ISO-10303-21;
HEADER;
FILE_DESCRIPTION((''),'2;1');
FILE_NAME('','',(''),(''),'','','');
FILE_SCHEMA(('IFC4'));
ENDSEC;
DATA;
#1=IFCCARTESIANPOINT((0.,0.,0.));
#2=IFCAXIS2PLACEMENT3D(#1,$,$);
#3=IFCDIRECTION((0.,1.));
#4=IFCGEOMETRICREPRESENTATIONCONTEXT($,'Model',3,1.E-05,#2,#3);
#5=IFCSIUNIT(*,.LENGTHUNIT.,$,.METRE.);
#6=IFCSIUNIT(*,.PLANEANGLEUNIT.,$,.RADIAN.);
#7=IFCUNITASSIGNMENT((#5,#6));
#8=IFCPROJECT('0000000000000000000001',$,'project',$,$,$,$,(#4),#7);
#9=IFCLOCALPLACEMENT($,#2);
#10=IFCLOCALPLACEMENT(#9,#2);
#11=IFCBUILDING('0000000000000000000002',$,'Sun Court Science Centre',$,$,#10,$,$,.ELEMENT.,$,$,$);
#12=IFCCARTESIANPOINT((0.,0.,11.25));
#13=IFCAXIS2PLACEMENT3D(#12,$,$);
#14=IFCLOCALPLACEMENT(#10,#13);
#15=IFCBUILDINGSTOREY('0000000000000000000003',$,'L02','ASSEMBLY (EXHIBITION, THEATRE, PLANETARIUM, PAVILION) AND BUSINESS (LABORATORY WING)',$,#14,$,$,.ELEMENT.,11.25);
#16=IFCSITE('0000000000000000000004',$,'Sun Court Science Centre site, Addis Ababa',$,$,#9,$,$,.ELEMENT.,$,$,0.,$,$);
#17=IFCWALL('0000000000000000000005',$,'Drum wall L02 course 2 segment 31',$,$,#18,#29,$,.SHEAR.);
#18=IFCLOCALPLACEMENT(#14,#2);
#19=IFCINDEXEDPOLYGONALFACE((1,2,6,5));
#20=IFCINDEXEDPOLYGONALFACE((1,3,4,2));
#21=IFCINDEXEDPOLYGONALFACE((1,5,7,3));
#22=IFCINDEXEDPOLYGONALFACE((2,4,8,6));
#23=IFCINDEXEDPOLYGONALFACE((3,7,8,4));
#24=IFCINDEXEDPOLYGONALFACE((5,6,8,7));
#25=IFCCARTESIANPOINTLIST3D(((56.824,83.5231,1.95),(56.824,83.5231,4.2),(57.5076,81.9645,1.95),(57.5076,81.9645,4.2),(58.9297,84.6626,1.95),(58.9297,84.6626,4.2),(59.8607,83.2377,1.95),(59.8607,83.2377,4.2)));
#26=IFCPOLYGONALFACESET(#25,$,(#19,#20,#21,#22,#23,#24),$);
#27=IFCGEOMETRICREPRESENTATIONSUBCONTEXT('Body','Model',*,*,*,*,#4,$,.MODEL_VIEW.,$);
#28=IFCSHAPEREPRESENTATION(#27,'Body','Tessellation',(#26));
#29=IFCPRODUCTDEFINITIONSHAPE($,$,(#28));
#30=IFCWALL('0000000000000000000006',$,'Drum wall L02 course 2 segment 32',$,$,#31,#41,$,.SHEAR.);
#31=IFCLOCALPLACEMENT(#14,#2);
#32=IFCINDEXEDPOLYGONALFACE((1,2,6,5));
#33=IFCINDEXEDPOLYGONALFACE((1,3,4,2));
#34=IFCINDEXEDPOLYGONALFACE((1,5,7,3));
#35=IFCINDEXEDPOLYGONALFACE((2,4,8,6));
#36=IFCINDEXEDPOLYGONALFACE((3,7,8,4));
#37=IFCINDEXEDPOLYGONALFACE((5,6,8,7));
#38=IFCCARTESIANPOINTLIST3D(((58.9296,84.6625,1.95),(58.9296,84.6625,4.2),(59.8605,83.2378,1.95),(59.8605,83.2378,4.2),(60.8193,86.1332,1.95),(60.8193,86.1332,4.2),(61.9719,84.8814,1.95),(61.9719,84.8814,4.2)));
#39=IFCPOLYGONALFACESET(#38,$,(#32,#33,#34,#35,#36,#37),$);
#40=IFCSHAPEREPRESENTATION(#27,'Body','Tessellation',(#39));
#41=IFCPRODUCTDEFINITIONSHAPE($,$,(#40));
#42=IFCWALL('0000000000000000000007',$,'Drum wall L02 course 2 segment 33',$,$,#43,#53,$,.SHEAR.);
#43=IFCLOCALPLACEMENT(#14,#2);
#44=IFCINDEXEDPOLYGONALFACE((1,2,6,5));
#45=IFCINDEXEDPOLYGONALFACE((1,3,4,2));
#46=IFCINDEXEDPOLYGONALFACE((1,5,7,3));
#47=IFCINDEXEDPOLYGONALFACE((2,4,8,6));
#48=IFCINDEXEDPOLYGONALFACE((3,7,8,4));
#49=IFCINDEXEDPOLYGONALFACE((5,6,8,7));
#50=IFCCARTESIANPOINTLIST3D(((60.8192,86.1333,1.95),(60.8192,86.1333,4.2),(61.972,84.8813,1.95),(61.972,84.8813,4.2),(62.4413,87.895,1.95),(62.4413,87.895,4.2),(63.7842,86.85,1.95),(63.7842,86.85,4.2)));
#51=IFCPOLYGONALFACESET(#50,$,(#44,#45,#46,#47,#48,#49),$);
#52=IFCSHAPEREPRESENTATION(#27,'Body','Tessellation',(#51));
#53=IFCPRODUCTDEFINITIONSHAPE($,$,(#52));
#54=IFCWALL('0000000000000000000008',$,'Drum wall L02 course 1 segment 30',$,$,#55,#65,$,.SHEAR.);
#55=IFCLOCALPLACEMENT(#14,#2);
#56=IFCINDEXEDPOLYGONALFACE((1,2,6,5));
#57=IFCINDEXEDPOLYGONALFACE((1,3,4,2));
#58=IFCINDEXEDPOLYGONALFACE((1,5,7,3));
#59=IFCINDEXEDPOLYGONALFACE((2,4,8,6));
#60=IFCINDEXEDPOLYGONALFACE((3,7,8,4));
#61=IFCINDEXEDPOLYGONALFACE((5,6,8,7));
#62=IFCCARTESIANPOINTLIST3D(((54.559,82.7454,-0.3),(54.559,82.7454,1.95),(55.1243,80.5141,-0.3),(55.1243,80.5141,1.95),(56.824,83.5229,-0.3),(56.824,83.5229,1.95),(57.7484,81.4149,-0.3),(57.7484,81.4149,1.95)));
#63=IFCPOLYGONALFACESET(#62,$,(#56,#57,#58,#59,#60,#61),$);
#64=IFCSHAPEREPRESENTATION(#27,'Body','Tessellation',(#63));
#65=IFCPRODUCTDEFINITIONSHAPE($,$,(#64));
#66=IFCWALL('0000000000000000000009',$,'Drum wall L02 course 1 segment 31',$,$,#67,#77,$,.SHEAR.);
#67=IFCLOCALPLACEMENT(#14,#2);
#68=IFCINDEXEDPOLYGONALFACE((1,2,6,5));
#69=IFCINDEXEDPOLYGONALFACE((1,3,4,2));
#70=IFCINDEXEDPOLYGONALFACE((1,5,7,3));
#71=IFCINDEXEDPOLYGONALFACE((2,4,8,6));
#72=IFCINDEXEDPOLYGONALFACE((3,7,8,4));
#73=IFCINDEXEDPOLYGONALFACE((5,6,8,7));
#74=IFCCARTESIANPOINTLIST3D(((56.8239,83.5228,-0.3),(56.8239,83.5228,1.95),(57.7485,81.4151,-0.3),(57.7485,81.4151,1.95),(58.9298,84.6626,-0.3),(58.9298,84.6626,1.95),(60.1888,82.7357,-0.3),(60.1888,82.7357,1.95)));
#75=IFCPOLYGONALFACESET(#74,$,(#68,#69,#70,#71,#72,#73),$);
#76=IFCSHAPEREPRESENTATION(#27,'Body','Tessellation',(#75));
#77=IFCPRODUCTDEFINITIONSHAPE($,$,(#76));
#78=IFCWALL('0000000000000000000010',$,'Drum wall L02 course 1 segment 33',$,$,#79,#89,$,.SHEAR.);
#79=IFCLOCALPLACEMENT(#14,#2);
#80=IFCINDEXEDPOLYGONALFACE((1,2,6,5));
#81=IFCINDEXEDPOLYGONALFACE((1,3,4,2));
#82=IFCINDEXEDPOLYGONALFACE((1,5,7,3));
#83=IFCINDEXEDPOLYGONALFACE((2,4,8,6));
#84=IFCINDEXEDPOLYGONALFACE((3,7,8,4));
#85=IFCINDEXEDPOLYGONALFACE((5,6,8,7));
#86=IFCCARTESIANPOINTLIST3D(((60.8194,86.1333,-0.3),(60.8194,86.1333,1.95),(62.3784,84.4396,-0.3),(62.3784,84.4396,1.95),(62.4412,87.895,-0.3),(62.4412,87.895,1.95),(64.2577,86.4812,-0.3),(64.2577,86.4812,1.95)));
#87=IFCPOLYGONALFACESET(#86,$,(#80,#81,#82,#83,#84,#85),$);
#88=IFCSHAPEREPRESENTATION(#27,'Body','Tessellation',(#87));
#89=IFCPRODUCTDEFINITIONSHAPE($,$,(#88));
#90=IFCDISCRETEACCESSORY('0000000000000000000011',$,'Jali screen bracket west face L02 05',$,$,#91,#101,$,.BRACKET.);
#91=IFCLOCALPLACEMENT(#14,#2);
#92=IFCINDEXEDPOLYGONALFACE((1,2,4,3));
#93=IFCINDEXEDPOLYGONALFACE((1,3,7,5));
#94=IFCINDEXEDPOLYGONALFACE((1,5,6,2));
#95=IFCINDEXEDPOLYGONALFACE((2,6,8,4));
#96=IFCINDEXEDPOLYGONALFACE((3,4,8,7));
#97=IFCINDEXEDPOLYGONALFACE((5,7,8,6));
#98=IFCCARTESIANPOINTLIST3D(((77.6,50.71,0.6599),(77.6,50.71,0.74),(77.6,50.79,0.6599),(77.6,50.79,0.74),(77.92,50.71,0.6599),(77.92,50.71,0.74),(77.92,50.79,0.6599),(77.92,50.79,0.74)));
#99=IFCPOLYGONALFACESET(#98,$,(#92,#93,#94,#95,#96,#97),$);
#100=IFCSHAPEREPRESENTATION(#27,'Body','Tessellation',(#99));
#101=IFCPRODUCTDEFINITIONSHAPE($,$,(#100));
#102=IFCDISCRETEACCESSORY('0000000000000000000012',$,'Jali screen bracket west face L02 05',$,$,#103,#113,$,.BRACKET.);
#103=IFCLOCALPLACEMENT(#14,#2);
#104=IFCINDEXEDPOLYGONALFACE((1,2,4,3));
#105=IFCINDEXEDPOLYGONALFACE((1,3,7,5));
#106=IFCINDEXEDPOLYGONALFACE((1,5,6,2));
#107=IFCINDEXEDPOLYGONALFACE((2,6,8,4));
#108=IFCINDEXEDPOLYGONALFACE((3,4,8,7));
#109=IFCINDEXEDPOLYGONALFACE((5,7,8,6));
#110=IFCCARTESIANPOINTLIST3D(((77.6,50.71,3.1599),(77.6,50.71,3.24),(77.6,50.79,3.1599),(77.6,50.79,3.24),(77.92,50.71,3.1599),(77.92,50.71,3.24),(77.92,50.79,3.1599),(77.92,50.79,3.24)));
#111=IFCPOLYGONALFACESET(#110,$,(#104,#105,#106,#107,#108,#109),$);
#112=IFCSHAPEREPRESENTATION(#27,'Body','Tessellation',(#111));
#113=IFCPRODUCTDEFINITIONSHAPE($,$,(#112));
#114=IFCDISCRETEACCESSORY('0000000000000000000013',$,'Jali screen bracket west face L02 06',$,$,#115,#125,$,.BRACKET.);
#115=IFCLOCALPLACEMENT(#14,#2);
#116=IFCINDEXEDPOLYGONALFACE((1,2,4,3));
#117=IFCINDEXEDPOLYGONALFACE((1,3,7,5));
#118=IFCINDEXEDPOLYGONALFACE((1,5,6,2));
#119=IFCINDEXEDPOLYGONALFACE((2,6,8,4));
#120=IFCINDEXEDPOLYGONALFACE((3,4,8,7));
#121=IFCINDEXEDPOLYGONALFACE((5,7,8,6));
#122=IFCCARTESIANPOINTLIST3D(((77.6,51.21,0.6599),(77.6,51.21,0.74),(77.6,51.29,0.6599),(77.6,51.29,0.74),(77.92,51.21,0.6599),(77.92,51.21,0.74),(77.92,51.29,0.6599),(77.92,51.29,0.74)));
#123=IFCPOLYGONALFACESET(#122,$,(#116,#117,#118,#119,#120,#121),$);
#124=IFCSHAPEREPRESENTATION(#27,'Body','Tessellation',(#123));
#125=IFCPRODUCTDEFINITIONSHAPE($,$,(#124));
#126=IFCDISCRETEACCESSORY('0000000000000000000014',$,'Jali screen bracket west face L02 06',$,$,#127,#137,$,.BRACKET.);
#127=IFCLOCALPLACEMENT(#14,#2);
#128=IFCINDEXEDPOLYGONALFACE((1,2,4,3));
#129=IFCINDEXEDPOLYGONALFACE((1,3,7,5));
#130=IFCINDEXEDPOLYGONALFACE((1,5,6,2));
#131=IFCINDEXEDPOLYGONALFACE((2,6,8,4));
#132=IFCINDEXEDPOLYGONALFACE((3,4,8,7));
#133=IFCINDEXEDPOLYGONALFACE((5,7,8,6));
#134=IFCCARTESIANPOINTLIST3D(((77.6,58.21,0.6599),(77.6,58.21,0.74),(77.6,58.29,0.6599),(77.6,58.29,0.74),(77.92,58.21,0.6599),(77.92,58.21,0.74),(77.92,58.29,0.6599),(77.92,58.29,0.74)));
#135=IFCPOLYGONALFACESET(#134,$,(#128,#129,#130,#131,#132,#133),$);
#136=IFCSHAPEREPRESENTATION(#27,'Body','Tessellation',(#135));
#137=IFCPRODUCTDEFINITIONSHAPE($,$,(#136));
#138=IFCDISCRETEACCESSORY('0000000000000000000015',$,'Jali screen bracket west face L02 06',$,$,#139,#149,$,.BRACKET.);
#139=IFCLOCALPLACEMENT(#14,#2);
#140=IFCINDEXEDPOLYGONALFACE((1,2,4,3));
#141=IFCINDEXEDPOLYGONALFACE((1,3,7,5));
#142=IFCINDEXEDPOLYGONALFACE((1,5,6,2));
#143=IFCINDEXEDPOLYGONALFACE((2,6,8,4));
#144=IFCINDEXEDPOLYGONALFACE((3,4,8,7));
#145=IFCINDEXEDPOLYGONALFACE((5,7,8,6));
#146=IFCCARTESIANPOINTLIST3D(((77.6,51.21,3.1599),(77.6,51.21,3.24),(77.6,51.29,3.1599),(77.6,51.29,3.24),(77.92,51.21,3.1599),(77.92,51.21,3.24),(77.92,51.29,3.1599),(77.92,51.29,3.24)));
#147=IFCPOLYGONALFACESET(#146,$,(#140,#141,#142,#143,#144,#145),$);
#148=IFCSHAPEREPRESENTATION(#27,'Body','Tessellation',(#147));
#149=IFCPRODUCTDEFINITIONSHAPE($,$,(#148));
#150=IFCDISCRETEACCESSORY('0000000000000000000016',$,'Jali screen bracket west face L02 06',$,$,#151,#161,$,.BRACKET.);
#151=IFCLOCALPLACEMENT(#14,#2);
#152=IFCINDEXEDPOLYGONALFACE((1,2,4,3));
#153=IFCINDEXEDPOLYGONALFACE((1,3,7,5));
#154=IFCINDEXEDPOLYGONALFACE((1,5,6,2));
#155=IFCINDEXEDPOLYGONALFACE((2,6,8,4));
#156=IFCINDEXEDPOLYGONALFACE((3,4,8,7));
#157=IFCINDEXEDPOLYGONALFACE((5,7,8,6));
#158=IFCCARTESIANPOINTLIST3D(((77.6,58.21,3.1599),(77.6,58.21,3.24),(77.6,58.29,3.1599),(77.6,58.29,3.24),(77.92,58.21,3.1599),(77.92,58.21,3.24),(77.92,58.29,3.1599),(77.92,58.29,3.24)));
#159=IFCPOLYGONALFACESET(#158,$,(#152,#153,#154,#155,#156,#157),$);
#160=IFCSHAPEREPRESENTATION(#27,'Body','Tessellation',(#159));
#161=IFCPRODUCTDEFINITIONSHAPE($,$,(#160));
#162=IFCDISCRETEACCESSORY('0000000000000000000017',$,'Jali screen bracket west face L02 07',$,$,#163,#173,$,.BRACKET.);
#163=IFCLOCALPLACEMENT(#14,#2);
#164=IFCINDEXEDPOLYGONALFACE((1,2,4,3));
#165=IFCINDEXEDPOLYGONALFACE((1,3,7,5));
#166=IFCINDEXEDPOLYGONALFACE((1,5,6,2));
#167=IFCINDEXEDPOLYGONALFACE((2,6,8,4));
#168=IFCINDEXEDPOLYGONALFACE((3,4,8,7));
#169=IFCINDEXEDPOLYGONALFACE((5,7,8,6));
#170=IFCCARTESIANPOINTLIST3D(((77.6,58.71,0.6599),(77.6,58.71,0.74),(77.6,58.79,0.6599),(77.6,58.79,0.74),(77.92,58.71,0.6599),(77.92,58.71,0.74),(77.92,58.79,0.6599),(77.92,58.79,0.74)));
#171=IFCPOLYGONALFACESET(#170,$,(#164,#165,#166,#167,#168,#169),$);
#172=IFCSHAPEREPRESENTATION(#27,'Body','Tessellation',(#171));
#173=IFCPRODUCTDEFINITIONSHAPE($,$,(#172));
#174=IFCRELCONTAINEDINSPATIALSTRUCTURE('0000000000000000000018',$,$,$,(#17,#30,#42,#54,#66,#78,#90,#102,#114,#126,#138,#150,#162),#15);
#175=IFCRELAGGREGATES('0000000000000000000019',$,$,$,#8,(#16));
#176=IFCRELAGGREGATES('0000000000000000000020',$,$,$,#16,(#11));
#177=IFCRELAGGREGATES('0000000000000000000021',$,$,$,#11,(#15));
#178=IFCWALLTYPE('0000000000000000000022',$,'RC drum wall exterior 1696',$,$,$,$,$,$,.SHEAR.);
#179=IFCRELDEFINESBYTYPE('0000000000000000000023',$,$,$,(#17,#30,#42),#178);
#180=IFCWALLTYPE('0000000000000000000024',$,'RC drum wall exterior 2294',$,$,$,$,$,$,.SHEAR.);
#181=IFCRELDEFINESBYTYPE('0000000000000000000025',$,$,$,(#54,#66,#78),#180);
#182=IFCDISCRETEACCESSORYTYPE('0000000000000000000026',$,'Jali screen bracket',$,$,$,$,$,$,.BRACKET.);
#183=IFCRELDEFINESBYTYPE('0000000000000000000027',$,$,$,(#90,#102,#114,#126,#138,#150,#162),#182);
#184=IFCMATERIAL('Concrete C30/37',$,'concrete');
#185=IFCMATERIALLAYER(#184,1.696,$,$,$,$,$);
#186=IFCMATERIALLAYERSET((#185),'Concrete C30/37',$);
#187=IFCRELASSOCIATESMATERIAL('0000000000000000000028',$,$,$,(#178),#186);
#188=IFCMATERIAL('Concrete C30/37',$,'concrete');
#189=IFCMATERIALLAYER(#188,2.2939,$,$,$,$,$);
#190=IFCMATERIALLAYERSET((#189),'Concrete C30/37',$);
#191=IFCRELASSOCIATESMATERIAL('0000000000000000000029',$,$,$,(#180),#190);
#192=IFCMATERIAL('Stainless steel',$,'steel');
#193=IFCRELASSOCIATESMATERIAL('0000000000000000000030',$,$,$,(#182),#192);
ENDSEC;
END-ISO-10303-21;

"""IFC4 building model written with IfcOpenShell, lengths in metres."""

from ifc_helpers import new_model, si_unit, direction, frame, origin, origin_2d, place, context, subcontext, project, spatial, polyline, rectangle, outline, extrude, material, layer, layer_set, type_object, element, save


model = new_model("IFC4")

# Units and contexts
model_context = context("Model", 3, precision=1e-05, world=origin(), true_north=direction((0.0, 1.0)))
body_context = subcontext(model_context, "Body", "Model", "MODEL_VIEW")
ifc_project = project(units=[si_unit("LENGTHUNIT", "METRE"), si_unit("PLANEANGLEUNIT", "RADIAN")], contexts=[model_context])

# Site, building, storey
site_placement = place(None, origin())
site = spatial("IfcSite", under=ifc_project, at=site_placement, Name="Sun Court Science Centre site, Addis Ababa", CompositionType="ELEMENT", RefElevation=0.0)
building_placement = place(site_placement, origin())
building = spatial("IfcBuilding", under=site, at=building_placement, Name="Sun Court Science Centre", CompositionType="ELEMENT")
storey_placement = place(building_placement, frame((0.0, 0.0, 11.25)))
storey = spatial("IfcBuildingStorey", under=building, at=storey_placement, Name="L02", Description="ASSEMBLY (EXHIBITION, THEATRE, PLANETARIUM, PAVILION) AND BUSINESS (LABORATORY WING)", CompositionType="ELEMENT", Elevation=11.25)

# Walls
ifc_material_1 = material(Name="Concrete C30/37", Category="concrete")
ifc_layer_1 = layer(ifc_material_1, 1.696)
ifc_layer_set_1 = layer_set([ifc_layer_1], Name="Concrete C30/37")
wall_type_1 = type_object("IfcWallType", Name="RC drum wall exterior 1696", PredefinedType="SHEAR", material=ifc_layer_set_1)
wall_1_placement = place(storey_placement, frame((57.104, 82.7102, 1.95), z_axis=(0.0, 0.0, 1.0), x_axis=(0.879467, 0.47596, 0.0)))
element("IfcWall", 1, at=wall_1_placement, inside=storey, type_object=wall_type_1, Name="Drum wall L02 course 2 segment 31", PredefinedType="SHEAR", context=body_context, shape_type="SweptSolid", body=[
    extrude(outline(polyline([(0.0, -0.8479), (2.6755, -0.8481), (2.5349, 0.8481), (0.1406, 0.8481), (0.0, -0.8479)])), origin(), (0.0, 0.0, 1.0), 2.25),
])
wall_2_placement = place(storey_placement, frame((59.3398, 83.907, 1.95), z_axis=(0.0, 0.0, 1.0), x_axis=(0.789097, 0.614269, 0.0)))
element("IfcWall", 2, at=wall_2_placement, inside=storey, type_object=wall_type_1, Name="Drum wall L02 course 2 segment 32", PredefinedType="SHEAR", context=body_context, shape_type="SweptSolid", body=[
    extrude(outline(polyline([(-0.0002, -0.8479), (2.6755, -0.8479), (2.5349, 0.8479), (0.1404, 0.8481), (-0.0002, -0.8479)])), origin(), (0.0, 0.0, 1.0), 2.25),
])
wall_3_placement = place(storey_placement, frame((61.3481, 85.4556, 1.95), z_axis=(0.0, 0.0, 1.0), x_axis=(0.677256, 0.735747, 0.0)))
element("IfcWall", 3, at=wall_3_placement, inside=storey, type_object=wall_type_1, Name="Drum wall L02 course 2 segment 33", PredefinedType="SHEAR", context=body_context, shape_type="SweptSolid", body=[
    extrude(outline(polyline([(0.0, -0.8479), (2.6758, -0.8479), (2.5352, 0.8479), (0.1404, 0.8481), (0.0, -0.8479)])), origin(), (0.0, 0.0, 1.0), 2.25),
])
ifc_material_2 = material(Name="Concrete C30/37", Category="concrete")
ifc_layer_2 = layer(ifc_material_2, 2.2939)
ifc_layer_set_2 = layer_set([ifc_layer_2], Name="Concrete C30/37")
wall_type_2 = type_object("IfcWallType", Name="RC drum wall exterior 2294", PredefinedType="SHEAR", material=ifc_layer_set_2)
wall_4_placement = place(storey_placement, frame((54.7517, 81.5989, -0.3), z_axis=(0.0, 0.0, 1.0), x_axis=(0.945821, 0.324689, 0.0)))
element("IfcWall", 4, at=wall_4_placement, inside=storey, type_object=wall_type_2, Name="Drum wall L02 course 1 segment 30", PredefinedType="SHEAR", context=body_context, shape_type="SweptSolid", body=[
    extrude(outline(polyline([(0.0002, -1.147), (2.7747, -1.147), (2.5847, 1.147), (0.1899, 1.147), (0.0002, -1.147)])), origin(), (0.0, 0.0, 1.0), 2.25),
])
wall_5_placement = place(storey_placement, frame((57.2026, 82.4236, -0.3), z_axis=(0.0, 0.0, 1.0), x_axis=(0.879438, 0.476014, 0.0)))
element("IfcWall", 5, at=wall_5_placement, inside=storey, type_object=wall_type_2, Name="Drum wall L02 course 1 segment 31", PredefinedType="SHEAR", context=body_context, shape_type="SweptSolid", body=[
    extrude(outline(polyline([(0.0, -1.1467), (2.7747, -1.147), (2.5847, 1.147), (0.1902, 1.147), (0.0, -1.1467)])), origin(), (0.0, 0.0, 1.0), 2.25),
])
wall_6_placement = place(storey_placement, frame((61.5344, 85.2166, -0.3), z_axis=(0.0, 0.0, 1.0), x_axis=(0.677293, 0.735714, 0.0)))
element("IfcWall", 6, at=wall_6_placement, inside=storey, type_object=wall_type_2, Name="Drum wall L02 course 1 segment 33", PredefinedType="SHEAR", context=body_context, shape_type="SweptSolid", body=[
    extrude(outline(polyline([(0.0, -1.1472), (2.7749, -1.147), (2.5847, 1.147), (0.1902, 1.147), (0.0, -1.1472)])), origin(), (0.0, 0.0, 1.0), 2.25),
])

# Discrete accessories
ifc_material_3 = material(Name="Stainless steel", Category="steel")
discrete_accessory_type = type_object("IfcDiscreteAccessoryType", Name="Jali screen bracket", PredefinedType="BRACKET", material=ifc_material_3)
for number, where, z_axis, x_axis, name in (
    (7, (77.76, 50.75, 0.6599), (0.0, 0.0, 1.0), (0.0, 1.0, 0.0), "Jali screen bracket west face L02 05"),
    (8, (77.76, 50.75, 3.1599), (0.0, 0.0, 1.0), (0.0, 1.0, 0.0), "Jali screen bracket west face L02 05"),
    (9, (77.76, 51.25, 0.6599), (0.0, 0.0, 1.0), (0.0, 1.0, 0.0), "Jali screen bracket west face L02 06"),
    (10, (77.76, 58.25, 0.6599), (0.0, 0.0, 1.0), (0.0, 1.0, 0.0), "Jali screen bracket west face L02 06"),
    (11, (77.76, 51.25, 3.1599), (0.0, 0.0, 1.0), (0.0, 1.0, 0.0), "Jali screen bracket west face L02 06"),
    (12, (77.76, 58.25, 3.1599), (0.0, 0.0, 1.0), (0.0, 1.0, 0.0), "Jali screen bracket west face L02 06"),
    (13, (77.76, 58.75, 0.6599), (0.0, 0.0, 1.0), (0.0, 1.0, 0.0), "Jali screen bracket west face L02 07"),
):
    element("IfcDiscreteAccessory", number, at=place(storey_placement, frame(where, z_axis=z_axis, x_axis=x_axis)), inside=storey, type_object=discrete_accessory_type, Name=name, PredefinedType="BRACKET", context=body_context, shape_type="SweptSolid", body=[
        extrude(rectangle(XDim=0.0801, YDim=0.3201, at=origin_2d()), origin(), (0.0, 0.0, 1.0), 0.0801),
    ])

save(model, "model.ifc")
